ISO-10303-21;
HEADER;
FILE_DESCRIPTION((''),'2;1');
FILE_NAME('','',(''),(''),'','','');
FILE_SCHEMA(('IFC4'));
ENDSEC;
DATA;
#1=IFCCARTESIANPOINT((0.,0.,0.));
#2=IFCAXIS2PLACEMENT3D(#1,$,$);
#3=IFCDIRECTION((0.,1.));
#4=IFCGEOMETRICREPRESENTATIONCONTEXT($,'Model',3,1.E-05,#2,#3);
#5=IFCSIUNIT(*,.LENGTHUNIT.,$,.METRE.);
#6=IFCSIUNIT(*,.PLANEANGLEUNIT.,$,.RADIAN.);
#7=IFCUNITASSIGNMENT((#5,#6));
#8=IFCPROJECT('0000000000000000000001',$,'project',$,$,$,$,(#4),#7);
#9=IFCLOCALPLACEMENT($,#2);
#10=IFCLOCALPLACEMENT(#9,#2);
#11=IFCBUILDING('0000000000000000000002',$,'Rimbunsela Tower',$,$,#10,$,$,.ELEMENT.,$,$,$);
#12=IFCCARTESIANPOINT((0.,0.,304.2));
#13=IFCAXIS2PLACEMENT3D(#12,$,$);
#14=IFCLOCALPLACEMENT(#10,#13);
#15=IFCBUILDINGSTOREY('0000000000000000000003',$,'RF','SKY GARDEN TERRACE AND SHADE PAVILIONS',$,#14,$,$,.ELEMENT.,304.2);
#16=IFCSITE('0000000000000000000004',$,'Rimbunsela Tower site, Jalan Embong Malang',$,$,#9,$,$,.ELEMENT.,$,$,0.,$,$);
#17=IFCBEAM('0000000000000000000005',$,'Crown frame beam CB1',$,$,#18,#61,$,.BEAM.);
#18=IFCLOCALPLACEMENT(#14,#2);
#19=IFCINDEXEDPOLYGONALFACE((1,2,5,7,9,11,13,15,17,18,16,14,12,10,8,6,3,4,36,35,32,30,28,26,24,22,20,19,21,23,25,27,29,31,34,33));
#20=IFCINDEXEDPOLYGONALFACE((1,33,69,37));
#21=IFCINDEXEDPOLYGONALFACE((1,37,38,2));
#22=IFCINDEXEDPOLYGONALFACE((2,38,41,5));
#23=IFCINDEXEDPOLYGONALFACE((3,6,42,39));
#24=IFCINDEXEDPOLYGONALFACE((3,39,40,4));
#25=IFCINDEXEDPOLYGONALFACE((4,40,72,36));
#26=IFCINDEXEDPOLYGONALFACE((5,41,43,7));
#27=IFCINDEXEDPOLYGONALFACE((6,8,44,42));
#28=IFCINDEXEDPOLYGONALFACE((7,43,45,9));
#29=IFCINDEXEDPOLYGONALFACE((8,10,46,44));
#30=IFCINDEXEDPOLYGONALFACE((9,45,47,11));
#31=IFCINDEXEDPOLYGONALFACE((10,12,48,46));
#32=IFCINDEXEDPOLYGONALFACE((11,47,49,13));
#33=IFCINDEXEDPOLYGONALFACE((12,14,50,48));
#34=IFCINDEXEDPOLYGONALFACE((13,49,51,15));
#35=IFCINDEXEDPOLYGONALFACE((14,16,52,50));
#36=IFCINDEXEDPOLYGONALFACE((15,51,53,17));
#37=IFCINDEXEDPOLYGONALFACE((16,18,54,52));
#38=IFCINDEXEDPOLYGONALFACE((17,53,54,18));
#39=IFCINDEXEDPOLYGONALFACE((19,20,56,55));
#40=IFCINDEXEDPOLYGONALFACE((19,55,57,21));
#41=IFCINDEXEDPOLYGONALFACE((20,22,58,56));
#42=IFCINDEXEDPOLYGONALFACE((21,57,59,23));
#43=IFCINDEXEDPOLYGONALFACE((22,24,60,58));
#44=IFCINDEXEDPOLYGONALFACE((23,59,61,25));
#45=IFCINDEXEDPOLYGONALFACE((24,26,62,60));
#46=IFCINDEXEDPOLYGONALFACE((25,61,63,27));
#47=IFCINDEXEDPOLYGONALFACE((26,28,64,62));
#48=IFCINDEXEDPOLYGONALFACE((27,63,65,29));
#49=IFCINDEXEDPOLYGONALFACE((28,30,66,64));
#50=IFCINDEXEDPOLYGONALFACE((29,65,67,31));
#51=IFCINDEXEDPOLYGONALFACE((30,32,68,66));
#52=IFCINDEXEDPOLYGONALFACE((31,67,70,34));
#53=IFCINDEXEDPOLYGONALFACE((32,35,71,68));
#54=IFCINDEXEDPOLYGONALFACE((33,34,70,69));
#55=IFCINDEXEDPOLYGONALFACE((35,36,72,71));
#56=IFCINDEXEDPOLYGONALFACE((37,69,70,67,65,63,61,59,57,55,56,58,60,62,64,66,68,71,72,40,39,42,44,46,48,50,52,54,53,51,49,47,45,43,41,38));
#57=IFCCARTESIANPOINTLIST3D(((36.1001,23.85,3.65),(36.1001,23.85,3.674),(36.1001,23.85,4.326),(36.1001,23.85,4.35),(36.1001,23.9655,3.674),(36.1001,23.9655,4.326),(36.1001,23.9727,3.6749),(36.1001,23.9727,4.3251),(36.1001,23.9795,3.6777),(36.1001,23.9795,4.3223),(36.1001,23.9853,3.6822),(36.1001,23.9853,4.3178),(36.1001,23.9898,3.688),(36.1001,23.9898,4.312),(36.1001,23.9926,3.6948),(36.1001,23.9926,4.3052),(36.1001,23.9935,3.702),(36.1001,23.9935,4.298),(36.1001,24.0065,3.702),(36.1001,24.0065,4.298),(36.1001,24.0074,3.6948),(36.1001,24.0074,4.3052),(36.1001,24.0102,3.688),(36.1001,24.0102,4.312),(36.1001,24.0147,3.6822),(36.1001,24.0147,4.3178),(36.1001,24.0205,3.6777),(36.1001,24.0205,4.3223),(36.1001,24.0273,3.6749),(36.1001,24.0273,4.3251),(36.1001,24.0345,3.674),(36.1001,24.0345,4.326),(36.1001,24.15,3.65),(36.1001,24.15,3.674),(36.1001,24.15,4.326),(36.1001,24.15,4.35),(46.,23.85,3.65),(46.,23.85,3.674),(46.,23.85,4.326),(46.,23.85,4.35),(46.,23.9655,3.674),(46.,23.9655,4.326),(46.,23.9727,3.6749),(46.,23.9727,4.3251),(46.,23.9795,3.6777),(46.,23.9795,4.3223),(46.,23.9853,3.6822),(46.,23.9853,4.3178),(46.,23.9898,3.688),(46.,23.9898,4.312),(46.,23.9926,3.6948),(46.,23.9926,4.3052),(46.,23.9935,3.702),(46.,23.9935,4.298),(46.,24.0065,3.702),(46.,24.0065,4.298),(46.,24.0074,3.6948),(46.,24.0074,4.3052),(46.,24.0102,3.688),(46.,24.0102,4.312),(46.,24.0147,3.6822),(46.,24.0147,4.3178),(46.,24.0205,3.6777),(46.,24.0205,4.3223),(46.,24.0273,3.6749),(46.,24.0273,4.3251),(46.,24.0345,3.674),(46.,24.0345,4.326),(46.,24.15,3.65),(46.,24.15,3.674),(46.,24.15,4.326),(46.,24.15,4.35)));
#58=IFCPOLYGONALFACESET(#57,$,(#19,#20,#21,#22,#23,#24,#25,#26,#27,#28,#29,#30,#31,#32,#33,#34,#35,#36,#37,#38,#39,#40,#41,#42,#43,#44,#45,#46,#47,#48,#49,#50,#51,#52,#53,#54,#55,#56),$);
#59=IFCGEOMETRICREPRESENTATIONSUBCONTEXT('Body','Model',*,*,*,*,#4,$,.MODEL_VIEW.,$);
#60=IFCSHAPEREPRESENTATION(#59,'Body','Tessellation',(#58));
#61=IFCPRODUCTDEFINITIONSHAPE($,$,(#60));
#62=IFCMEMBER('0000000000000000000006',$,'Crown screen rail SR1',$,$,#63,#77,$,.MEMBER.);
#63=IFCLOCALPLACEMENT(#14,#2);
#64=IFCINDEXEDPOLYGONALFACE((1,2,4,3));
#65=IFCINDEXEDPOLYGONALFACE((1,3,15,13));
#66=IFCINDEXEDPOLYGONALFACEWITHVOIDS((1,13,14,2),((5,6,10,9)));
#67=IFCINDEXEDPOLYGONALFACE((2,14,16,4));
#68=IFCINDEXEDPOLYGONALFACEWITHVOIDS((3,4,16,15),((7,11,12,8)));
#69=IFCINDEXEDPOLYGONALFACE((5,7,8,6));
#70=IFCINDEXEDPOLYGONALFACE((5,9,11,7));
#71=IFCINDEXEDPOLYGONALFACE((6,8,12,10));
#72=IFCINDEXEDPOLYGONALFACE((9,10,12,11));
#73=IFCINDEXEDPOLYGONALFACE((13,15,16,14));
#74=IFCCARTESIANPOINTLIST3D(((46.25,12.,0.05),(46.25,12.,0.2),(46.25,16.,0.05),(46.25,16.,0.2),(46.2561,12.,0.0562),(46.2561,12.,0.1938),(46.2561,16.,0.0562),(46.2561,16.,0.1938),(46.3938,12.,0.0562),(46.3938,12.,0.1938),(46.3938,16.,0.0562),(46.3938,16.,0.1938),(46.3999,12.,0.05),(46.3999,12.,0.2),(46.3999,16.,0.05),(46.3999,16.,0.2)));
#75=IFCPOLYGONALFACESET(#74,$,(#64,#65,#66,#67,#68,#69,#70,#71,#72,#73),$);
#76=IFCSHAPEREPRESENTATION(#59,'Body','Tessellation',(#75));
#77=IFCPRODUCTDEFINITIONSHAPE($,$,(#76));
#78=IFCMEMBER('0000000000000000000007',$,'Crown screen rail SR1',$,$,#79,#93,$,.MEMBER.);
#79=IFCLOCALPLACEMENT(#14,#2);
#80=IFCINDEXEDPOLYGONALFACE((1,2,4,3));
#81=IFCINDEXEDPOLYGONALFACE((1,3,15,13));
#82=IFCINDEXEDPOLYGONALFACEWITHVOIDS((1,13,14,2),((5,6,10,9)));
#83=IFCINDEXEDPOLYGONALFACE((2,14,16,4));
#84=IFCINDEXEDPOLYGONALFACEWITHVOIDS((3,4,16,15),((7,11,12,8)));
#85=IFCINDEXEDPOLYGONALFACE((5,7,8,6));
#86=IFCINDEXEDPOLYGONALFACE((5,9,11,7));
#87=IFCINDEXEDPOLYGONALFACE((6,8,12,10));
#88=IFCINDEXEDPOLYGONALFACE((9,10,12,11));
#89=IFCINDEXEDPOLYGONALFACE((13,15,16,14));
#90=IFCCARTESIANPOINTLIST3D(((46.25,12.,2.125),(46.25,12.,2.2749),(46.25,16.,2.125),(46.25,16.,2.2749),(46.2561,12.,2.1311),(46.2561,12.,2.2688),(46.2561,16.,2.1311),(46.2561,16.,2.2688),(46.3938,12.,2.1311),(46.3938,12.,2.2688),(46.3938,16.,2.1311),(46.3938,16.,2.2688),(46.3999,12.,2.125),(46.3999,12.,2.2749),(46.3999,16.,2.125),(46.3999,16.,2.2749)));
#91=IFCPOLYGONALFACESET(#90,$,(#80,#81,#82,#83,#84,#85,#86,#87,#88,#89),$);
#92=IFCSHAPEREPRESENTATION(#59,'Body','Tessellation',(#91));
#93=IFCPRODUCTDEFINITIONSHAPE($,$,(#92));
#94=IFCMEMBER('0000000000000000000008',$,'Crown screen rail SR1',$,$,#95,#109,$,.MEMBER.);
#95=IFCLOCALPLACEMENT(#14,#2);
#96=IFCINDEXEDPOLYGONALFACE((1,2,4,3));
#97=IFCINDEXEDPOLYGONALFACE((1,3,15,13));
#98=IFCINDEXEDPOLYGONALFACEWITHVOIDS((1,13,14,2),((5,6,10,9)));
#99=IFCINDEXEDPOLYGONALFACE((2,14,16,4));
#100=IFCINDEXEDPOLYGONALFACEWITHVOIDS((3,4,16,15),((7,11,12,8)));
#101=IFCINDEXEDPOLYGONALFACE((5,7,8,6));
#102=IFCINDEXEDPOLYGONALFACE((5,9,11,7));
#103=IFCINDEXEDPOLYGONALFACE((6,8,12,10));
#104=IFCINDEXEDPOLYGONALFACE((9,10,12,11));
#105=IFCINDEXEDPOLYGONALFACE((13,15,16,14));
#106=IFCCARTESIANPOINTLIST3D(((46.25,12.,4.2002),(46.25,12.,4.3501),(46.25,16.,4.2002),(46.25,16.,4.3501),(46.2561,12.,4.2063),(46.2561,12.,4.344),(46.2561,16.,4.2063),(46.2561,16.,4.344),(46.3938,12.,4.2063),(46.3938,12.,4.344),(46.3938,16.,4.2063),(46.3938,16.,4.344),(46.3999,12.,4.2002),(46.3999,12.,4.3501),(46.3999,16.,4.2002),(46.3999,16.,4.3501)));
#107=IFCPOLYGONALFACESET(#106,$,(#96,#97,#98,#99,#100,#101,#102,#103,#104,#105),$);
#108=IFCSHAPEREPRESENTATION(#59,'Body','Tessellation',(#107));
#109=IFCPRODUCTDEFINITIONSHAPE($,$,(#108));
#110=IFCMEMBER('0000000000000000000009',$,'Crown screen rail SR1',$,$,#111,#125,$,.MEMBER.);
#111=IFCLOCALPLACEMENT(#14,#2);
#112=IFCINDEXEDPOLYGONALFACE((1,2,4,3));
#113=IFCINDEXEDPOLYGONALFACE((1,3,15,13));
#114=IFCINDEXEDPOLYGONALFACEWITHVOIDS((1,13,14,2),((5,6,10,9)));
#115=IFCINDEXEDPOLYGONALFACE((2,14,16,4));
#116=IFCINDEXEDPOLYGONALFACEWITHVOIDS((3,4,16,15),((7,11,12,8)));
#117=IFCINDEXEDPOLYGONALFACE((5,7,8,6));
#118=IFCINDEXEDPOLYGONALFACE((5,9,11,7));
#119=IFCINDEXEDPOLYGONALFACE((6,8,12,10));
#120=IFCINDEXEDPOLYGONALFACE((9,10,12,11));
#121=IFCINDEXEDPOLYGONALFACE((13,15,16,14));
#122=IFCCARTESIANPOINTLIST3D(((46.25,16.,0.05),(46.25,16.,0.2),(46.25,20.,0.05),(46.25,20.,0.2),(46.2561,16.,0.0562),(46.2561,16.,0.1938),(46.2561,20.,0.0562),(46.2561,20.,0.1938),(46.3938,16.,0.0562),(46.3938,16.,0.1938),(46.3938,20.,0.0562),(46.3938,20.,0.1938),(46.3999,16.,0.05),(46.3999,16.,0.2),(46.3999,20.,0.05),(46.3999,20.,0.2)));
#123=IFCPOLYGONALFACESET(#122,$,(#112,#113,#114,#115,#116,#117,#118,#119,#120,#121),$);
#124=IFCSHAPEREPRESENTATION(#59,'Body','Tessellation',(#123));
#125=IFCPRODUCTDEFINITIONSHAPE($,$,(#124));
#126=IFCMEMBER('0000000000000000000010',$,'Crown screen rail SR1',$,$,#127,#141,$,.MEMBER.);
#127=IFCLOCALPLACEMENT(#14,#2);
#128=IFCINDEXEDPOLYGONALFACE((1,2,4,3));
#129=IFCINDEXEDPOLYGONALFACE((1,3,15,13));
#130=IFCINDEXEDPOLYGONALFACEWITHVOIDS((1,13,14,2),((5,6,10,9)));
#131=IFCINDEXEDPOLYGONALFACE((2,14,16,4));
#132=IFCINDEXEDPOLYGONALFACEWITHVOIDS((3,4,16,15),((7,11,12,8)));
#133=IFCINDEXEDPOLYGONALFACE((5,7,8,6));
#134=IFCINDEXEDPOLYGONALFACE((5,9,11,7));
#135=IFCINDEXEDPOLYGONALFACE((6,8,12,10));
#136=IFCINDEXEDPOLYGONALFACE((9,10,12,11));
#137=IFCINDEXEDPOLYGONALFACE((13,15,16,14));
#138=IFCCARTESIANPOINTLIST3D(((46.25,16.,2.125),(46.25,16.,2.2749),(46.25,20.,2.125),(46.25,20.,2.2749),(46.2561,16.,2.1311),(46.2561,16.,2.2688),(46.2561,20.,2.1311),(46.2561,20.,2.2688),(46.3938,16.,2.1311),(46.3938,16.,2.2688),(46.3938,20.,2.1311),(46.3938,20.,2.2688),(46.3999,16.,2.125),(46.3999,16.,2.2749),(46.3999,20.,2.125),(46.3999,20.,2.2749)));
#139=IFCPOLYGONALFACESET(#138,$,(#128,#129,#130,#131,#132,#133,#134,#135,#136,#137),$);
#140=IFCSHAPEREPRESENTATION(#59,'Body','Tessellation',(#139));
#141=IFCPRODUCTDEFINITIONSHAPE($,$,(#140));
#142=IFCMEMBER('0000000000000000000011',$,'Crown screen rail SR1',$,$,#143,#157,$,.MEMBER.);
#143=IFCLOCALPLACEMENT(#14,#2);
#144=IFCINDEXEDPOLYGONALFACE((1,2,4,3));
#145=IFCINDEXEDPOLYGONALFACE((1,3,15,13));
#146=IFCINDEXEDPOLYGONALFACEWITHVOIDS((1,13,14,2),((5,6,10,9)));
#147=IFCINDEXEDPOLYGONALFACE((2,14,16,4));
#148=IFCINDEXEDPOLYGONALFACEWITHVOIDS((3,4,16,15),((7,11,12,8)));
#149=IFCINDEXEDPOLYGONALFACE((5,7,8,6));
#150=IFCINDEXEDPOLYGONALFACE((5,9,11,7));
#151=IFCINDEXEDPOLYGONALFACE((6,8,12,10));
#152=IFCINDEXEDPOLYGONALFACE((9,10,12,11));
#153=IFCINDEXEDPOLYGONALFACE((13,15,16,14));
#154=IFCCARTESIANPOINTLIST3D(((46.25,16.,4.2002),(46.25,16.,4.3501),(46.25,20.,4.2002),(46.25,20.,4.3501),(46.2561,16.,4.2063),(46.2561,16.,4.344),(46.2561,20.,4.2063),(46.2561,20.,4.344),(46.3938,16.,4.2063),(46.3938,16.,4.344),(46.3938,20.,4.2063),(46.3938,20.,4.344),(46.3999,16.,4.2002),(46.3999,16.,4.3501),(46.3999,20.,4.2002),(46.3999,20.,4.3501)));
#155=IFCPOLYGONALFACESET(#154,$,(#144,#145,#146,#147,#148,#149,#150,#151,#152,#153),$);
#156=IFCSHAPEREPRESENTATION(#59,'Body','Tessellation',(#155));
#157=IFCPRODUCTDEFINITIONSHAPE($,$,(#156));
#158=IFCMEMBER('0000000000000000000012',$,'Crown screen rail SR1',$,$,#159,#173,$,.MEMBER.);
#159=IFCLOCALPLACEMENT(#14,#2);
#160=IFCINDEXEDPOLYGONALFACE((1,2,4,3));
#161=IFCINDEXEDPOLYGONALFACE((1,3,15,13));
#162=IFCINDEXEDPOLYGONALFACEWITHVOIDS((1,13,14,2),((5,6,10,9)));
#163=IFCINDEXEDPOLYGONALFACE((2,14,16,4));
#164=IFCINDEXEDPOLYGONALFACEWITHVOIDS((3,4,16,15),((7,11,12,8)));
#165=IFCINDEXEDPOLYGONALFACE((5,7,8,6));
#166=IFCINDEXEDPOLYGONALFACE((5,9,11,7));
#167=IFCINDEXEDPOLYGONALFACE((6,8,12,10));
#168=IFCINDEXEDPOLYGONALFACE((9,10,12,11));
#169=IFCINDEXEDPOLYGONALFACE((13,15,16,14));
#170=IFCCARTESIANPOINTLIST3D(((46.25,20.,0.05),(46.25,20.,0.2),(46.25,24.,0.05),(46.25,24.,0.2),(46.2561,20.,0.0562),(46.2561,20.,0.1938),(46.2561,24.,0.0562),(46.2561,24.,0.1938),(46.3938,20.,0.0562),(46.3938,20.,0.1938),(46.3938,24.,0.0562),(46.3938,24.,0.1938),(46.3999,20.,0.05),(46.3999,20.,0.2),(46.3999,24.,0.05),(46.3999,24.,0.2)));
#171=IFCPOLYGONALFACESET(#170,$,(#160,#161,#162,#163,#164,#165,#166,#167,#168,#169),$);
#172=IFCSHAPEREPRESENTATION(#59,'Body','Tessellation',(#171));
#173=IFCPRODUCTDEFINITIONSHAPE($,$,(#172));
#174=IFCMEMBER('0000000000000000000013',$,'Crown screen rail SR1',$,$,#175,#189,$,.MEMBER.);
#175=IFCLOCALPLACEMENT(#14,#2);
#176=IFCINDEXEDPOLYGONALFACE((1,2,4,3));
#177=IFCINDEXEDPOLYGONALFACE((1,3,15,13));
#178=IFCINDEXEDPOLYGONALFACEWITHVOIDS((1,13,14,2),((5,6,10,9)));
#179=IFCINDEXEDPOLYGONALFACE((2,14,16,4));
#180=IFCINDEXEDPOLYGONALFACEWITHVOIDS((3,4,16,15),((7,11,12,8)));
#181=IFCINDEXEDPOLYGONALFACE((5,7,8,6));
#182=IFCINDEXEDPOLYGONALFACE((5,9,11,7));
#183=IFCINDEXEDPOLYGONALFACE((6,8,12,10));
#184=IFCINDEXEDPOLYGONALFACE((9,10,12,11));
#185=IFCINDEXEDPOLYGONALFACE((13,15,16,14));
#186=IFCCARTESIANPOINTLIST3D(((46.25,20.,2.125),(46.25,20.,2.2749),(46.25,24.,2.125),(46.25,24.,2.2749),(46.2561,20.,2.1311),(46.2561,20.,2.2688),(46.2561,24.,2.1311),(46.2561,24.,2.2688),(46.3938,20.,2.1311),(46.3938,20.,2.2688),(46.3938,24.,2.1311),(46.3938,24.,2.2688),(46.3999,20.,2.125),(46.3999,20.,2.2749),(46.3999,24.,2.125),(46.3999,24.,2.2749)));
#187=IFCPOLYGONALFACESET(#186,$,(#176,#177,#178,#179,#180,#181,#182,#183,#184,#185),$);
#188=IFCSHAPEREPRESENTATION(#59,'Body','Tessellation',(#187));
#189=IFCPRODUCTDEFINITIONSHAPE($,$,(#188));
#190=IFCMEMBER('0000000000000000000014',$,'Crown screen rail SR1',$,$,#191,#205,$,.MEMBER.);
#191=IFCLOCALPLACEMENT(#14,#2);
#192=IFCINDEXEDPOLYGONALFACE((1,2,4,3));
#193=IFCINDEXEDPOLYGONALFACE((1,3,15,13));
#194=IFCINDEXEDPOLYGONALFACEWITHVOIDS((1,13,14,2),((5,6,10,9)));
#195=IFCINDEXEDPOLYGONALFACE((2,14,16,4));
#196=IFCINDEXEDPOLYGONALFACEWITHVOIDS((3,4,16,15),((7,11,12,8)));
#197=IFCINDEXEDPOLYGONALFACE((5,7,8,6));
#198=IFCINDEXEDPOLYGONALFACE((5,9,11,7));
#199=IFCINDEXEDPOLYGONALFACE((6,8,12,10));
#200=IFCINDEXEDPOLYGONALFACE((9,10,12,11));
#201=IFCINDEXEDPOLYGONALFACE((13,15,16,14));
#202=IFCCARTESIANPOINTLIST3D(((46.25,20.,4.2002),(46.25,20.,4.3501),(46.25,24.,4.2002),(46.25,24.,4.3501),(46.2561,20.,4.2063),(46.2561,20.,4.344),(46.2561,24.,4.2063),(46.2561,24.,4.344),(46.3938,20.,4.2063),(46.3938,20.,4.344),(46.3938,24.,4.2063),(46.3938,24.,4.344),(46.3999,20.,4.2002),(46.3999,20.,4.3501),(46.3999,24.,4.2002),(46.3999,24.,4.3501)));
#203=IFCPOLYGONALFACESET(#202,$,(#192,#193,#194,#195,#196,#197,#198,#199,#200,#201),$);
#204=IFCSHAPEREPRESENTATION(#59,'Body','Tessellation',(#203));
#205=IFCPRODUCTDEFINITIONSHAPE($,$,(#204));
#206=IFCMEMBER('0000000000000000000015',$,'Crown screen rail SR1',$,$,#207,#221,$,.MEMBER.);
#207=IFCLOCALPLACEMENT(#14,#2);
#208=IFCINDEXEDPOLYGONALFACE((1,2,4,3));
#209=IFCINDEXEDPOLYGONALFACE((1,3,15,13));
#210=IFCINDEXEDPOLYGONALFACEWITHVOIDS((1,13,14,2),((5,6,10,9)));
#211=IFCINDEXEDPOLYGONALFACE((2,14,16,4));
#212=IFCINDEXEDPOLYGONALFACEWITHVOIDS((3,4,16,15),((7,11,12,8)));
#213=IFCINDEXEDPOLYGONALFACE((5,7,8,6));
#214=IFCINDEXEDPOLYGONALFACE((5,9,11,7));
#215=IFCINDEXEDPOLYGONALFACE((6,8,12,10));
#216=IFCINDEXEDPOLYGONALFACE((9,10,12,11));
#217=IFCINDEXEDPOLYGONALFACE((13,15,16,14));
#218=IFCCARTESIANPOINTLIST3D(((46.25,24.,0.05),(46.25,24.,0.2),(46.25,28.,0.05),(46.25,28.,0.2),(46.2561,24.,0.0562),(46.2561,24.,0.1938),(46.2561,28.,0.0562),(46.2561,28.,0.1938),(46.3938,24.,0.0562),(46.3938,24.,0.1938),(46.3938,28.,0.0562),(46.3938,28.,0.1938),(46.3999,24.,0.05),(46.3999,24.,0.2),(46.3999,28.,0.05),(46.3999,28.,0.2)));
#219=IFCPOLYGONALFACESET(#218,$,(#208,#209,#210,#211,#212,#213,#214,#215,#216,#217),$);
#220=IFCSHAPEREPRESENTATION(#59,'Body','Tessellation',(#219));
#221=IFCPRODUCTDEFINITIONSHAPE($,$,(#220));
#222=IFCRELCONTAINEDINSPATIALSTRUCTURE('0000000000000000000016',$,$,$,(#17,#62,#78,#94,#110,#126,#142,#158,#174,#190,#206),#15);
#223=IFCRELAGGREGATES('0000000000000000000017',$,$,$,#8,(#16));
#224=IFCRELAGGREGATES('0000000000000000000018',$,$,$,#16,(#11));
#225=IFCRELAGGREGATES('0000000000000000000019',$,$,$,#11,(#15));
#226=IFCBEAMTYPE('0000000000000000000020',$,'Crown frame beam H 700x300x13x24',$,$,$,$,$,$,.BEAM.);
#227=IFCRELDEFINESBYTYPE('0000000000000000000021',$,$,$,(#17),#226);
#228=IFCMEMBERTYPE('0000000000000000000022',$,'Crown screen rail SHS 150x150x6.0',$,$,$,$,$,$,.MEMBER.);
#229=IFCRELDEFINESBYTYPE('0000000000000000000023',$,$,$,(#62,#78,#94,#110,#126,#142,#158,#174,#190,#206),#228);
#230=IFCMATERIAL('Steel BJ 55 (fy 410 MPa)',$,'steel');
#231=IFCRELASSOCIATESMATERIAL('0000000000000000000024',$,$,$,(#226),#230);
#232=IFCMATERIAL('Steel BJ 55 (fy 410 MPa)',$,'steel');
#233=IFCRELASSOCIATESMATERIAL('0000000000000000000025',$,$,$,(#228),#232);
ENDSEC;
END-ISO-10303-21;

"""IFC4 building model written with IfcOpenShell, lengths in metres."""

from ifc_helpers import new_model, si_unit, direction, frame, origin, origin_2d, place, context, subcontext, project, spatial, hollow_rectangle, i_section, extrude, material, material_profile, profile_set, type_object, element, save


model = new_model("IFC4")

# Units and contexts
model_context = context("Model", 3, precision=1e-05, world=origin(), true_north=direction((0.0, 1.0)))
body_context = subcontext(model_context, "Body", "Model", "MODEL_VIEW")
ifc_project = project(units=[si_unit("LENGTHUNIT", "METRE"), si_unit("PLANEANGLEUNIT", "RADIAN")], contexts=[model_context])

# Site, building, storey
site_placement = place(None, origin())
site = spatial("IfcSite", under=ifc_project, at=site_placement, Name="Rimbunsela Tower site, Jalan Embong Malang", CompositionType="ELEMENT", RefElevation=0.0)
building_placement = place(site_placement, origin())
building = spatial("IfcBuilding", under=site, at=building_placement, Name="Rimbunsela Tower", CompositionType="ELEMENT")
storey_placement = place(building_placement, frame((0.0, 0.0, 304.2)))
storey = spatial("IfcBuildingStorey", under=building, at=storey_placement, Name="RF", Description="SKY GARDEN TERRACE AND SHADE PAVILIONS", CompositionType="ELEMENT", Elevation=304.2)

# Beam
ifc_material_1 = material(Name="Steel BJ 55 (fy 410 MPa)", Category="steel")
ifc_material_profile_1 = material_profile(ifc_material_1, i_section(OverallWidth=0.3, OverallDepth=0.7, WebThickness=0.0129, FlangeThickness=0.0239, FilletRadius=0.0281, at=origin_2d()), Name="H 700x300x13x24")
ifc_profile_set_1 = profile_set([ifc_material_profile_1], Name="Steel BJ 55 (fy 410 MPa)")
beam_type_1 = type_object("IfcBeamType", Name="Crown frame beam H 700x300x13x24", PredefinedType="BEAM", material=ifc_profile_set_1)
for number, where, z_axis, x_axis, name in (
    (1, (46.0, 24.0, 4.0), (-1.0, 0.0, 0.0), (0.0, -1.0, 0.0), "Crown frame beam CB1"),
):
    element("IfcBeam", number, at=place(storey_placement, frame(where, z_axis=z_axis, x_axis=x_axis)), inside=storey, type_object=beam_type_1, Name=name, PredefinedType="BEAM", context=body_context, shape_type="SweptSolid", body=[
        extrude(i_section(OverallWidth=0.3, OverallDepth=0.7, WebThickness=0.0129, FlangeThickness=0.0239, FilletRadius=0.0281, at=origin_2d()), origin(), (0.0, 0.0, 1.0), 9.8999),
    ])

# Members
ifc_material_2 = material(Name="Steel BJ 55 (fy 410 MPa)", Category="steel")
ifc_material_profile_2 = material_profile(ifc_material_2, hollow_rectangle(XDim=0.1499, YDim=0.1499, WallThickness=0.0061, at=origin_2d()), Name="SHS 150x150x6.0")
ifc_profile_set_2 = profile_set([ifc_material_profile_2], Name="Steel BJ 55 (fy 410 MPa)")
member_type = type_object("IfcMemberType", Name="Crown screen rail SHS 150x150x6.0", PredefinedType="MEMBER", material=ifc_profile_set_2)
for number, where, z_axis, x_axis, name in (
    (2, (46.325, 12.0, 0.125), (0.0, 1.0, 0.0), (-1.0, 0.0, 0.0), "Crown screen rail SR1"),
    (3, (46.325, 12.0, 2.2), (0.0, 1.0, 0.0), (-1.0, 0.0, 0.0), "Crown screen rail SR1"),
    (4, (46.325, 12.0, 4.2751), (0.0, 1.0, 0.0), (-1.0, 0.0, 0.0), "Crown screen rail SR1"),
    (5, (46.325, 16.0, 0.125), (0.0, 1.0, 0.0), (-1.0, 0.0, 0.0), "Crown screen rail SR1"),
    (6, (46.325, 16.0, 2.2), (0.0, 1.0, 0.0), (-1.0, 0.0, 0.0), "Crown screen rail SR1"),
    (7, (46.325, 16.0, 4.2751), (0.0, 1.0, 0.0), (-1.0, 0.0, 0.0), "Crown screen rail SR1"),
    (8, (46.325, 20.0, 0.125), (0.0, 1.0, 0.0), (-1.0, 0.0, 0.0), "Crown screen rail SR1"),
    (9, (46.325, 20.0, 2.2), (0.0, 1.0, 0.0), (-1.0, 0.0, 0.0), "Crown screen rail SR1"),
    (10, (46.325, 20.0, 4.2751), (0.0, 1.0, 0.0), (-1.0, 0.0, 0.0), "Crown screen rail SR1"),
    (11, (46.325, 24.0, 0.125), (0.0, 1.0, 0.0), (-1.0, 0.0, 0.0), "Crown screen rail SR1"),
):
    element("IfcMember", number, at=place(storey_placement, frame(where, z_axis=z_axis, x_axis=x_axis)), inside=storey, type_object=member_type, Name=name, PredefinedType="MEMBER", context=body_context, shape_type="SweptSolid", body=[
        extrude(hollow_rectangle(XDim=0.1499, YDim=0.1499, WallThickness=0.0061, at=origin_2d()), origin(), (0.0, 0.0, 1.0), 4.0),
    ])

save(model, "model.ifc")
